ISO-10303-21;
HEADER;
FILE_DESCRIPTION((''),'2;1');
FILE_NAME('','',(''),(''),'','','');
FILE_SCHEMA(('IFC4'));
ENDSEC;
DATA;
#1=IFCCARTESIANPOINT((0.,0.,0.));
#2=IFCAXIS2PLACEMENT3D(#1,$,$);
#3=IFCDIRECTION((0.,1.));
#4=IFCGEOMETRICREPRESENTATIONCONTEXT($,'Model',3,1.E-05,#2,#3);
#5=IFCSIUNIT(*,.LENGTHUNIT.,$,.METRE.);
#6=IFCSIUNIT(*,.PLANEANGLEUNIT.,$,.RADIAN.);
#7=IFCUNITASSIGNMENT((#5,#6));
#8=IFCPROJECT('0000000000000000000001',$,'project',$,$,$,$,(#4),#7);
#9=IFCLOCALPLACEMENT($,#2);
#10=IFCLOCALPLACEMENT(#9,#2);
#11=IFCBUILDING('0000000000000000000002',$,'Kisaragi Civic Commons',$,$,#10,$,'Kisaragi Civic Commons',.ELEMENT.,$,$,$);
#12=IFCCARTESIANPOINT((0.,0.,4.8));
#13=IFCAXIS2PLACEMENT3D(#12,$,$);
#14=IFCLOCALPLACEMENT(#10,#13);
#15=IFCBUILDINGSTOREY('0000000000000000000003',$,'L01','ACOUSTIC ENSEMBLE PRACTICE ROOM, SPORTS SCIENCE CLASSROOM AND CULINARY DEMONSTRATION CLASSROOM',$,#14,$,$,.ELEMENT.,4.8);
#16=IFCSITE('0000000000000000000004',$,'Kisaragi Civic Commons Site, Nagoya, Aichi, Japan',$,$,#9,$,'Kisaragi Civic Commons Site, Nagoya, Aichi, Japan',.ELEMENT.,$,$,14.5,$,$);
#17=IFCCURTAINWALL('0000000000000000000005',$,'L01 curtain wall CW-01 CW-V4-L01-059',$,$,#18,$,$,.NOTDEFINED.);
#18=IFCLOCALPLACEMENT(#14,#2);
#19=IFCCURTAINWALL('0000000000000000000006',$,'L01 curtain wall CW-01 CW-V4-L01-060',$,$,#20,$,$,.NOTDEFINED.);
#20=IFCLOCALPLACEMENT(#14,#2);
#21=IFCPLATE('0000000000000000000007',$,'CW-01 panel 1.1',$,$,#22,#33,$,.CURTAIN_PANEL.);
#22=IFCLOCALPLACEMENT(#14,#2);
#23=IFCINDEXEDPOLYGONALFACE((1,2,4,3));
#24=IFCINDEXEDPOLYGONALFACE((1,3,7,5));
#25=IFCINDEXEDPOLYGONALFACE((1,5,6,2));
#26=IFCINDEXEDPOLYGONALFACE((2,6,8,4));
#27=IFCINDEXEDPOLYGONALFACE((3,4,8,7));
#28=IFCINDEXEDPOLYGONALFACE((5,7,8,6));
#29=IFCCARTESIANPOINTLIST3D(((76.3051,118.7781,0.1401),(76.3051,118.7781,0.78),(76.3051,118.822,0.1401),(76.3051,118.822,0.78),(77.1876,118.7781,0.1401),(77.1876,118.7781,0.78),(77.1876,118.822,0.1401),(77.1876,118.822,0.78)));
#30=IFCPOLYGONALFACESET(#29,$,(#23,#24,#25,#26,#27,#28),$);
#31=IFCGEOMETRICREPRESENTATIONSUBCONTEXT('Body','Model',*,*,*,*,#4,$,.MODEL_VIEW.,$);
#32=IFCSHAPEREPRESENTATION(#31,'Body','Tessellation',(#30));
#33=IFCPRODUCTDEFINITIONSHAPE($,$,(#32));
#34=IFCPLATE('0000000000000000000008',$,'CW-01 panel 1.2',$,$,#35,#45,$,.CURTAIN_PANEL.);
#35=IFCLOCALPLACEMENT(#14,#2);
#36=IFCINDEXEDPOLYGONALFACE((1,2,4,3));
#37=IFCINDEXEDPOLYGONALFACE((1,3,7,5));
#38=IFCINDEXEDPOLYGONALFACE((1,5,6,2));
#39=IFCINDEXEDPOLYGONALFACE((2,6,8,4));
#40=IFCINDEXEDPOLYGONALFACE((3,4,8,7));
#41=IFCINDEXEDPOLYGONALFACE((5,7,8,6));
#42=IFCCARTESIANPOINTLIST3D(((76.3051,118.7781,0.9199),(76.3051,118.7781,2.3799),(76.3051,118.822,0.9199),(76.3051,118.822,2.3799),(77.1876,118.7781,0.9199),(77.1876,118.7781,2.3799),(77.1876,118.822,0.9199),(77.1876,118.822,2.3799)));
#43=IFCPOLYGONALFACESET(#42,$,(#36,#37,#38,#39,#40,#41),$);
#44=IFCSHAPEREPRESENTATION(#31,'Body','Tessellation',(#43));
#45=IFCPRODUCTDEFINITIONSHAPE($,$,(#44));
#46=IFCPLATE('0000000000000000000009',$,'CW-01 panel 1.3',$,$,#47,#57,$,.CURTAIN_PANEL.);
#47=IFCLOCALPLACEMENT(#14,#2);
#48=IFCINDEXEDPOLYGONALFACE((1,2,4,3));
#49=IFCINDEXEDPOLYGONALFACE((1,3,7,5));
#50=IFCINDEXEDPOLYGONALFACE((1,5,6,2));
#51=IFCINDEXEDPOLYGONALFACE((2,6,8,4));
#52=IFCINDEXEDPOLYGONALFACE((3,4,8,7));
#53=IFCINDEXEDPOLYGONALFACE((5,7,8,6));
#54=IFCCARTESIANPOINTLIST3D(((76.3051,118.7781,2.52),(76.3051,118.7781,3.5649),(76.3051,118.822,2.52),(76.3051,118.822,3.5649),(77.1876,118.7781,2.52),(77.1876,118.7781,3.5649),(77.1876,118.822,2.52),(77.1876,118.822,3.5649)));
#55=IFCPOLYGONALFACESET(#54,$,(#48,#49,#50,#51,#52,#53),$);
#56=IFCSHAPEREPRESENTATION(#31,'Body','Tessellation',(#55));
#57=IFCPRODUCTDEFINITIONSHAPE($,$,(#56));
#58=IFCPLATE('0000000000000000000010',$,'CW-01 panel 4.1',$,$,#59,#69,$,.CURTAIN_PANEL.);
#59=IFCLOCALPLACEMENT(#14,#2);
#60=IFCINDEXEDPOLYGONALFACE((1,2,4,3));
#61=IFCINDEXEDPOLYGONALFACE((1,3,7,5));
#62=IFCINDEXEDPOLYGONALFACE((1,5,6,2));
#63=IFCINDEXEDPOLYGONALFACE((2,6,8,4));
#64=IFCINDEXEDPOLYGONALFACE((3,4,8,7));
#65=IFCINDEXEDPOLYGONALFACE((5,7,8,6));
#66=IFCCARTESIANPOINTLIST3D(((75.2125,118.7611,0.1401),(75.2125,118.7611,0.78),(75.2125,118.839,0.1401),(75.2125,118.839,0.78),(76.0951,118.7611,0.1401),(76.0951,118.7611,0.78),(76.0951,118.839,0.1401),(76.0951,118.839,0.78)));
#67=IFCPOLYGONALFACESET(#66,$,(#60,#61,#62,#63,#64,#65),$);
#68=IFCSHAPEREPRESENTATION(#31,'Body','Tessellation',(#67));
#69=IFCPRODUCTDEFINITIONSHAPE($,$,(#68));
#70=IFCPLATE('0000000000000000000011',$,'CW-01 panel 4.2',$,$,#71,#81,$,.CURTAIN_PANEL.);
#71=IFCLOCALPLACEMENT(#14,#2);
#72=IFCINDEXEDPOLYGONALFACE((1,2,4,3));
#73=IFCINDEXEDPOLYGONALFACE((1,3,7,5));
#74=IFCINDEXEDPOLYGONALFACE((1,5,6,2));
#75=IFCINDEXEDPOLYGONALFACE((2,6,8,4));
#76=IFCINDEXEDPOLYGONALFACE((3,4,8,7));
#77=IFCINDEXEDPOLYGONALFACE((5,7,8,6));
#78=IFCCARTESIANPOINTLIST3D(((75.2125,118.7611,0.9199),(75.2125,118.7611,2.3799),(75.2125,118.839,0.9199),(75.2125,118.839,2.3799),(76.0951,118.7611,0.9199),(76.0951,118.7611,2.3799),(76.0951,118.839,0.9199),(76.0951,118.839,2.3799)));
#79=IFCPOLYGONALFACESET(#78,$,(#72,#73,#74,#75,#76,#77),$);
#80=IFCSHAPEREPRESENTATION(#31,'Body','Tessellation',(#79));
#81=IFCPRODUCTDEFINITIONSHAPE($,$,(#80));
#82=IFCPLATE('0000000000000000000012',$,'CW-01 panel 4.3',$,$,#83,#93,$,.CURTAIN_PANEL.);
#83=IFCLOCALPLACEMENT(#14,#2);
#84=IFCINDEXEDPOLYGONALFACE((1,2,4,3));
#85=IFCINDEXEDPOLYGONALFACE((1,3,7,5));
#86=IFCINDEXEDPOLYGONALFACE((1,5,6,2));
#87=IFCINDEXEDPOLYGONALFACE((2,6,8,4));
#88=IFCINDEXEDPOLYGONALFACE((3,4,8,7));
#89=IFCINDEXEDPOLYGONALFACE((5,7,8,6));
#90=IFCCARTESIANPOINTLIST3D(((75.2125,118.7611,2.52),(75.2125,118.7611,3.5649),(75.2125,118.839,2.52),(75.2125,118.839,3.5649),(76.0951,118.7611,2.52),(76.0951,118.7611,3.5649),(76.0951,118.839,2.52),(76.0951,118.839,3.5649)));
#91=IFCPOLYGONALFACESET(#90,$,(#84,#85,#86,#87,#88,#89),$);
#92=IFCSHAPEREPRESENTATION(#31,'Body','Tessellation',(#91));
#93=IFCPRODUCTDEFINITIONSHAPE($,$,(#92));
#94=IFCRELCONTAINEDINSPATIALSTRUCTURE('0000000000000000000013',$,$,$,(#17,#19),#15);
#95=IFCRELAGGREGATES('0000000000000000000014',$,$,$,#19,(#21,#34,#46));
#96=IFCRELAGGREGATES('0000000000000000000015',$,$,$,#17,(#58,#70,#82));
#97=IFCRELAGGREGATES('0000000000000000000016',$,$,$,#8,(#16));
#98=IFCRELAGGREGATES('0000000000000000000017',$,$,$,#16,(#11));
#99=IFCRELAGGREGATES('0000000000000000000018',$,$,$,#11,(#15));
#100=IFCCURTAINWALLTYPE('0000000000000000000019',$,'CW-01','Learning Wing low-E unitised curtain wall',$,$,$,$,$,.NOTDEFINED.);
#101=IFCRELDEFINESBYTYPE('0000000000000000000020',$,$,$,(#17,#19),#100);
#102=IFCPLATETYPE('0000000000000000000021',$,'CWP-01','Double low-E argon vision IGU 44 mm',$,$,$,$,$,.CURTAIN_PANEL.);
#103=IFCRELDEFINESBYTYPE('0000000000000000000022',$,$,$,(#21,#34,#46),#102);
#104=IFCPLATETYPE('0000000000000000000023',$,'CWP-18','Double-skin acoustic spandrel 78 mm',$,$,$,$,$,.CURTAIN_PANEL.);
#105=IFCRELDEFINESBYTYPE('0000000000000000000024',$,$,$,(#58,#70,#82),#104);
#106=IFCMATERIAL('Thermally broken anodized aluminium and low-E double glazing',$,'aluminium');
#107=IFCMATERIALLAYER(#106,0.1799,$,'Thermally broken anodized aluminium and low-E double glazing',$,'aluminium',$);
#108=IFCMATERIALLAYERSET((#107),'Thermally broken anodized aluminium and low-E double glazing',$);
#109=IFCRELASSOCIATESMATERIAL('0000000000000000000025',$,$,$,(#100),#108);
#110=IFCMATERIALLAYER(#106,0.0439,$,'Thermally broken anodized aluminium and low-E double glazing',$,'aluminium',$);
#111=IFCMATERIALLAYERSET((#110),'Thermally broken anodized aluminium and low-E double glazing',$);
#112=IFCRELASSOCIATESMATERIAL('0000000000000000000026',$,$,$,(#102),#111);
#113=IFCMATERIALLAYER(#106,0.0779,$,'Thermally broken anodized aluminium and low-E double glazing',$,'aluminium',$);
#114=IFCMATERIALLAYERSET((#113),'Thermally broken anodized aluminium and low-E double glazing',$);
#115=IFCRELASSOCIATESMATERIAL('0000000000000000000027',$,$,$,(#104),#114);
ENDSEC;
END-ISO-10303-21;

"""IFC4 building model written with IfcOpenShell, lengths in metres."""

from ifc_helpers import new_model, si_unit, direction, frame, origin, origin_2d, place, context, subcontext, project, spatial, rectangle, extrude, material, layer, layer_set, type_object, element, aggregate, save


model = new_model("IFC4")

# Units and contexts
model_context = context("Model", 3, precision=1e-05, world=origin(), true_north=direction((0.0, 1.0)))
body_context = subcontext(model_context, "Body", "Model", "MODEL_VIEW")
ifc_project = project(units=[si_unit("LENGTHUNIT", "METRE"), si_unit("PLANEANGLEUNIT", "RADIAN")], contexts=[model_context])

# Site, building, storey
site_placement = place(None, origin())
site = spatial("IfcSite", under=ifc_project, at=site_placement, Name="Kisaragi Civic Commons Site, Nagoya, Aichi, Japan", LongName="Kisaragi Civic Commons Site, Nagoya, Aichi, Japan", CompositionType="ELEMENT", RefElevation=14.5)
building_placement = place(site_placement, origin())
building = spatial("IfcBuilding", under=site, at=building_placement, Name="Kisaragi Civic Commons", LongName="Kisaragi Civic Commons", CompositionType="ELEMENT")
storey_placement = place(building_placement, frame((0.0, 0.0, 4.8)))
storey = spatial("IfcBuildingStorey", under=building, at=storey_placement, Name="L01", Description="ACOUSTIC ENSEMBLE PRACTICE ROOM, SPORTS SCIENCE CLASSROOM AND CULINARY DEMONSTRATION CLASSROOM", CompositionType="ELEMENT", Elevation=4.8)

# Curtain wall
ifc_material_1 = material(Name="Thermally broken anodized aluminium and low-E double glazing", Category="aluminium")
ifc_layer_1 = layer(ifc_material_1, 0.1799, Name="Thermally broken anodized aluminium and low-E double glazing", Category="aluminium")
ifc_layer_set_1 = layer_set([ifc_layer_1], Name="Thermally broken anodized aluminium and low-E double glazing")
curtain_wall_type = type_object("IfcCurtainWallType", Name="CW-01", Description="Learning Wing low-E unitised curtain wall", PredefinedType="NOTDEFINED", material=ifc_layer_set_1)
curtain_wall_1_placement = place(storey_placement, origin())
curtain_wall_1 = element("IfcCurtainWall", 1, at=curtain_wall_1_placement, inside=storey, type_object=curtain_wall_type, Name="L01 curtain wall CW-01 CW-V4-L01-059", PredefinedType="NOTDEFINED")

# Curtain wall
curtain_wall_2_placement = place(storey_placement, origin())
curtain_wall_2 = element("IfcCurtainWall", 2, at=curtain_wall_2_placement, inside=storey, type_object=curtain_wall_type, Name="L01 curtain wall CW-01 CW-V4-L01-060", PredefinedType="NOTDEFINED")

# Plates
ifc_layer_2 = layer(ifc_material_1, 0.0439, Name="Thermally broken anodized aluminium and low-E double glazing", Category="aluminium")
ifc_layer_set_2 = layer_set([ifc_layer_2], Name="Thermally broken anodized aluminium and low-E double glazing")
plate_type_1 = type_object("IfcPlateType", Name="CWP-01", Description="Double low-E argon vision IGU 44 mm", PredefinedType="CURTAIN_PANEL", material=ifc_layer_set_2)
plate_1_placement = place(storey_placement, frame((76.7463, 118.8, 0.1401), z_axis=(0.0, 0.0, 1.0), x_axis=(1.0, 0.0, 0.0)))
plate_1 = element("IfcPlate", 3, at=plate_1_placement, type_object=plate_type_1, Name="CW-01 panel 1.1", PredefinedType="CURTAIN_PANEL", context=body_context, shape_type="SweptSolid", body=[
    extrude(rectangle(XDim=0.8826, YDim=0.0439, at=origin_2d()), origin(), (0.0, 0.0, 1.0), 0.6399),
])
plate_2_placement = place(storey_placement, frame((76.7463, 118.8, 0.9199), z_axis=(0.0, 0.0, 1.0), x_axis=(1.0, 0.0, 0.0)))
plate_2 = element("IfcPlate", 4, at=plate_2_placement, type_object=plate_type_1, Name="CW-01 panel 1.2", PredefinedType="CURTAIN_PANEL", context=body_context, shape_type="SweptSolid", body=[
    extrude(rectangle(XDim=0.8826, YDim=0.0439, at=origin_2d()), origin(), (0.0, 0.0, 1.0), 1.46),
])
plate_3_placement = place(storey_placement, frame((76.7463, 118.8, 2.52), z_axis=(0.0, 0.0, 1.0), x_axis=(1.0, 0.0, 0.0)))
plate_3 = element("IfcPlate", 5, at=plate_3_placement, type_object=plate_type_1, Name="CW-01 panel 1.3", PredefinedType="CURTAIN_PANEL", context=body_context, shape_type="SweptSolid", body=[
    extrude(rectangle(XDim=0.8826, YDim=0.0439, at=origin_2d()), origin(), (0.0, 0.0, 1.0), 1.0449),
])
aggregate(curtain_wall_2, [plate_1, plate_2, plate_3])
ifc_layer_3 = layer(ifc_material_1, 0.0779, Name="Thermally broken anodized aluminium and low-E double glazing", Category="aluminium")
ifc_layer_set_3 = layer_set([ifc_layer_3], Name="Thermally broken anodized aluminium and low-E double glazing")
plate_type_2 = type_object("IfcPlateType", Name="CWP-18", Description="Double-skin acoustic spandrel 78 mm", PredefinedType="CURTAIN_PANEL", material=ifc_layer_set_3)
plate_4_placement = place(storey_placement, frame((75.6538, 118.8, 0.1401), z_axis=(0.0, 0.0, 1.0), x_axis=(1.0, 0.0, 0.0)))
plate_4 = element("IfcPlate", 6, at=plate_4_placement, type_object=plate_type_2, Name="CW-01 panel 4.1", PredefinedType="CURTAIN_PANEL", context=body_context, shape_type="SweptSolid", body=[
    extrude(rectangle(XDim=0.8826, YDim=0.0779, at=origin_2d()), origin(), (0.0, 0.0, 1.0), 0.6399),
])
plate_5_placement = place(storey_placement, frame((75.6538, 118.8, 0.9199), z_axis=(0.0, 0.0, 1.0), x_axis=(1.0, 0.0, 0.0)))
plate_5 = element("IfcPlate", 7, at=plate_5_placement, type_object=plate_type_2, Name="CW-01 panel 4.2", PredefinedType="CURTAIN_PANEL", context=body_context, shape_type="SweptSolid", body=[
    extrude(rectangle(XDim=0.8826, YDim=0.0779, at=origin_2d()), origin(), (0.0, 0.0, 1.0), 1.46),
])
plate_6_placement = place(storey_placement, frame((75.6538, 118.8, 2.52), z_axis=(0.0, 0.0, 1.0), x_axis=(1.0, 0.0, 0.0)))
plate_6 = element("IfcPlate", 8, at=plate_6_placement, type_object=plate_type_2, Name="CW-01 panel 4.3", PredefinedType="CURTAIN_PANEL", context=body_context, shape_type="SweptSolid", body=[
    extrude(rectangle(XDim=0.8826, YDim=0.0779, at=origin_2d()), origin(), (0.0, 0.0, 1.0), 1.0449),
])
aggregate(curtain_wall_1, [plate_4, plate_5, plate_6])

save(model, "model.ifc")
